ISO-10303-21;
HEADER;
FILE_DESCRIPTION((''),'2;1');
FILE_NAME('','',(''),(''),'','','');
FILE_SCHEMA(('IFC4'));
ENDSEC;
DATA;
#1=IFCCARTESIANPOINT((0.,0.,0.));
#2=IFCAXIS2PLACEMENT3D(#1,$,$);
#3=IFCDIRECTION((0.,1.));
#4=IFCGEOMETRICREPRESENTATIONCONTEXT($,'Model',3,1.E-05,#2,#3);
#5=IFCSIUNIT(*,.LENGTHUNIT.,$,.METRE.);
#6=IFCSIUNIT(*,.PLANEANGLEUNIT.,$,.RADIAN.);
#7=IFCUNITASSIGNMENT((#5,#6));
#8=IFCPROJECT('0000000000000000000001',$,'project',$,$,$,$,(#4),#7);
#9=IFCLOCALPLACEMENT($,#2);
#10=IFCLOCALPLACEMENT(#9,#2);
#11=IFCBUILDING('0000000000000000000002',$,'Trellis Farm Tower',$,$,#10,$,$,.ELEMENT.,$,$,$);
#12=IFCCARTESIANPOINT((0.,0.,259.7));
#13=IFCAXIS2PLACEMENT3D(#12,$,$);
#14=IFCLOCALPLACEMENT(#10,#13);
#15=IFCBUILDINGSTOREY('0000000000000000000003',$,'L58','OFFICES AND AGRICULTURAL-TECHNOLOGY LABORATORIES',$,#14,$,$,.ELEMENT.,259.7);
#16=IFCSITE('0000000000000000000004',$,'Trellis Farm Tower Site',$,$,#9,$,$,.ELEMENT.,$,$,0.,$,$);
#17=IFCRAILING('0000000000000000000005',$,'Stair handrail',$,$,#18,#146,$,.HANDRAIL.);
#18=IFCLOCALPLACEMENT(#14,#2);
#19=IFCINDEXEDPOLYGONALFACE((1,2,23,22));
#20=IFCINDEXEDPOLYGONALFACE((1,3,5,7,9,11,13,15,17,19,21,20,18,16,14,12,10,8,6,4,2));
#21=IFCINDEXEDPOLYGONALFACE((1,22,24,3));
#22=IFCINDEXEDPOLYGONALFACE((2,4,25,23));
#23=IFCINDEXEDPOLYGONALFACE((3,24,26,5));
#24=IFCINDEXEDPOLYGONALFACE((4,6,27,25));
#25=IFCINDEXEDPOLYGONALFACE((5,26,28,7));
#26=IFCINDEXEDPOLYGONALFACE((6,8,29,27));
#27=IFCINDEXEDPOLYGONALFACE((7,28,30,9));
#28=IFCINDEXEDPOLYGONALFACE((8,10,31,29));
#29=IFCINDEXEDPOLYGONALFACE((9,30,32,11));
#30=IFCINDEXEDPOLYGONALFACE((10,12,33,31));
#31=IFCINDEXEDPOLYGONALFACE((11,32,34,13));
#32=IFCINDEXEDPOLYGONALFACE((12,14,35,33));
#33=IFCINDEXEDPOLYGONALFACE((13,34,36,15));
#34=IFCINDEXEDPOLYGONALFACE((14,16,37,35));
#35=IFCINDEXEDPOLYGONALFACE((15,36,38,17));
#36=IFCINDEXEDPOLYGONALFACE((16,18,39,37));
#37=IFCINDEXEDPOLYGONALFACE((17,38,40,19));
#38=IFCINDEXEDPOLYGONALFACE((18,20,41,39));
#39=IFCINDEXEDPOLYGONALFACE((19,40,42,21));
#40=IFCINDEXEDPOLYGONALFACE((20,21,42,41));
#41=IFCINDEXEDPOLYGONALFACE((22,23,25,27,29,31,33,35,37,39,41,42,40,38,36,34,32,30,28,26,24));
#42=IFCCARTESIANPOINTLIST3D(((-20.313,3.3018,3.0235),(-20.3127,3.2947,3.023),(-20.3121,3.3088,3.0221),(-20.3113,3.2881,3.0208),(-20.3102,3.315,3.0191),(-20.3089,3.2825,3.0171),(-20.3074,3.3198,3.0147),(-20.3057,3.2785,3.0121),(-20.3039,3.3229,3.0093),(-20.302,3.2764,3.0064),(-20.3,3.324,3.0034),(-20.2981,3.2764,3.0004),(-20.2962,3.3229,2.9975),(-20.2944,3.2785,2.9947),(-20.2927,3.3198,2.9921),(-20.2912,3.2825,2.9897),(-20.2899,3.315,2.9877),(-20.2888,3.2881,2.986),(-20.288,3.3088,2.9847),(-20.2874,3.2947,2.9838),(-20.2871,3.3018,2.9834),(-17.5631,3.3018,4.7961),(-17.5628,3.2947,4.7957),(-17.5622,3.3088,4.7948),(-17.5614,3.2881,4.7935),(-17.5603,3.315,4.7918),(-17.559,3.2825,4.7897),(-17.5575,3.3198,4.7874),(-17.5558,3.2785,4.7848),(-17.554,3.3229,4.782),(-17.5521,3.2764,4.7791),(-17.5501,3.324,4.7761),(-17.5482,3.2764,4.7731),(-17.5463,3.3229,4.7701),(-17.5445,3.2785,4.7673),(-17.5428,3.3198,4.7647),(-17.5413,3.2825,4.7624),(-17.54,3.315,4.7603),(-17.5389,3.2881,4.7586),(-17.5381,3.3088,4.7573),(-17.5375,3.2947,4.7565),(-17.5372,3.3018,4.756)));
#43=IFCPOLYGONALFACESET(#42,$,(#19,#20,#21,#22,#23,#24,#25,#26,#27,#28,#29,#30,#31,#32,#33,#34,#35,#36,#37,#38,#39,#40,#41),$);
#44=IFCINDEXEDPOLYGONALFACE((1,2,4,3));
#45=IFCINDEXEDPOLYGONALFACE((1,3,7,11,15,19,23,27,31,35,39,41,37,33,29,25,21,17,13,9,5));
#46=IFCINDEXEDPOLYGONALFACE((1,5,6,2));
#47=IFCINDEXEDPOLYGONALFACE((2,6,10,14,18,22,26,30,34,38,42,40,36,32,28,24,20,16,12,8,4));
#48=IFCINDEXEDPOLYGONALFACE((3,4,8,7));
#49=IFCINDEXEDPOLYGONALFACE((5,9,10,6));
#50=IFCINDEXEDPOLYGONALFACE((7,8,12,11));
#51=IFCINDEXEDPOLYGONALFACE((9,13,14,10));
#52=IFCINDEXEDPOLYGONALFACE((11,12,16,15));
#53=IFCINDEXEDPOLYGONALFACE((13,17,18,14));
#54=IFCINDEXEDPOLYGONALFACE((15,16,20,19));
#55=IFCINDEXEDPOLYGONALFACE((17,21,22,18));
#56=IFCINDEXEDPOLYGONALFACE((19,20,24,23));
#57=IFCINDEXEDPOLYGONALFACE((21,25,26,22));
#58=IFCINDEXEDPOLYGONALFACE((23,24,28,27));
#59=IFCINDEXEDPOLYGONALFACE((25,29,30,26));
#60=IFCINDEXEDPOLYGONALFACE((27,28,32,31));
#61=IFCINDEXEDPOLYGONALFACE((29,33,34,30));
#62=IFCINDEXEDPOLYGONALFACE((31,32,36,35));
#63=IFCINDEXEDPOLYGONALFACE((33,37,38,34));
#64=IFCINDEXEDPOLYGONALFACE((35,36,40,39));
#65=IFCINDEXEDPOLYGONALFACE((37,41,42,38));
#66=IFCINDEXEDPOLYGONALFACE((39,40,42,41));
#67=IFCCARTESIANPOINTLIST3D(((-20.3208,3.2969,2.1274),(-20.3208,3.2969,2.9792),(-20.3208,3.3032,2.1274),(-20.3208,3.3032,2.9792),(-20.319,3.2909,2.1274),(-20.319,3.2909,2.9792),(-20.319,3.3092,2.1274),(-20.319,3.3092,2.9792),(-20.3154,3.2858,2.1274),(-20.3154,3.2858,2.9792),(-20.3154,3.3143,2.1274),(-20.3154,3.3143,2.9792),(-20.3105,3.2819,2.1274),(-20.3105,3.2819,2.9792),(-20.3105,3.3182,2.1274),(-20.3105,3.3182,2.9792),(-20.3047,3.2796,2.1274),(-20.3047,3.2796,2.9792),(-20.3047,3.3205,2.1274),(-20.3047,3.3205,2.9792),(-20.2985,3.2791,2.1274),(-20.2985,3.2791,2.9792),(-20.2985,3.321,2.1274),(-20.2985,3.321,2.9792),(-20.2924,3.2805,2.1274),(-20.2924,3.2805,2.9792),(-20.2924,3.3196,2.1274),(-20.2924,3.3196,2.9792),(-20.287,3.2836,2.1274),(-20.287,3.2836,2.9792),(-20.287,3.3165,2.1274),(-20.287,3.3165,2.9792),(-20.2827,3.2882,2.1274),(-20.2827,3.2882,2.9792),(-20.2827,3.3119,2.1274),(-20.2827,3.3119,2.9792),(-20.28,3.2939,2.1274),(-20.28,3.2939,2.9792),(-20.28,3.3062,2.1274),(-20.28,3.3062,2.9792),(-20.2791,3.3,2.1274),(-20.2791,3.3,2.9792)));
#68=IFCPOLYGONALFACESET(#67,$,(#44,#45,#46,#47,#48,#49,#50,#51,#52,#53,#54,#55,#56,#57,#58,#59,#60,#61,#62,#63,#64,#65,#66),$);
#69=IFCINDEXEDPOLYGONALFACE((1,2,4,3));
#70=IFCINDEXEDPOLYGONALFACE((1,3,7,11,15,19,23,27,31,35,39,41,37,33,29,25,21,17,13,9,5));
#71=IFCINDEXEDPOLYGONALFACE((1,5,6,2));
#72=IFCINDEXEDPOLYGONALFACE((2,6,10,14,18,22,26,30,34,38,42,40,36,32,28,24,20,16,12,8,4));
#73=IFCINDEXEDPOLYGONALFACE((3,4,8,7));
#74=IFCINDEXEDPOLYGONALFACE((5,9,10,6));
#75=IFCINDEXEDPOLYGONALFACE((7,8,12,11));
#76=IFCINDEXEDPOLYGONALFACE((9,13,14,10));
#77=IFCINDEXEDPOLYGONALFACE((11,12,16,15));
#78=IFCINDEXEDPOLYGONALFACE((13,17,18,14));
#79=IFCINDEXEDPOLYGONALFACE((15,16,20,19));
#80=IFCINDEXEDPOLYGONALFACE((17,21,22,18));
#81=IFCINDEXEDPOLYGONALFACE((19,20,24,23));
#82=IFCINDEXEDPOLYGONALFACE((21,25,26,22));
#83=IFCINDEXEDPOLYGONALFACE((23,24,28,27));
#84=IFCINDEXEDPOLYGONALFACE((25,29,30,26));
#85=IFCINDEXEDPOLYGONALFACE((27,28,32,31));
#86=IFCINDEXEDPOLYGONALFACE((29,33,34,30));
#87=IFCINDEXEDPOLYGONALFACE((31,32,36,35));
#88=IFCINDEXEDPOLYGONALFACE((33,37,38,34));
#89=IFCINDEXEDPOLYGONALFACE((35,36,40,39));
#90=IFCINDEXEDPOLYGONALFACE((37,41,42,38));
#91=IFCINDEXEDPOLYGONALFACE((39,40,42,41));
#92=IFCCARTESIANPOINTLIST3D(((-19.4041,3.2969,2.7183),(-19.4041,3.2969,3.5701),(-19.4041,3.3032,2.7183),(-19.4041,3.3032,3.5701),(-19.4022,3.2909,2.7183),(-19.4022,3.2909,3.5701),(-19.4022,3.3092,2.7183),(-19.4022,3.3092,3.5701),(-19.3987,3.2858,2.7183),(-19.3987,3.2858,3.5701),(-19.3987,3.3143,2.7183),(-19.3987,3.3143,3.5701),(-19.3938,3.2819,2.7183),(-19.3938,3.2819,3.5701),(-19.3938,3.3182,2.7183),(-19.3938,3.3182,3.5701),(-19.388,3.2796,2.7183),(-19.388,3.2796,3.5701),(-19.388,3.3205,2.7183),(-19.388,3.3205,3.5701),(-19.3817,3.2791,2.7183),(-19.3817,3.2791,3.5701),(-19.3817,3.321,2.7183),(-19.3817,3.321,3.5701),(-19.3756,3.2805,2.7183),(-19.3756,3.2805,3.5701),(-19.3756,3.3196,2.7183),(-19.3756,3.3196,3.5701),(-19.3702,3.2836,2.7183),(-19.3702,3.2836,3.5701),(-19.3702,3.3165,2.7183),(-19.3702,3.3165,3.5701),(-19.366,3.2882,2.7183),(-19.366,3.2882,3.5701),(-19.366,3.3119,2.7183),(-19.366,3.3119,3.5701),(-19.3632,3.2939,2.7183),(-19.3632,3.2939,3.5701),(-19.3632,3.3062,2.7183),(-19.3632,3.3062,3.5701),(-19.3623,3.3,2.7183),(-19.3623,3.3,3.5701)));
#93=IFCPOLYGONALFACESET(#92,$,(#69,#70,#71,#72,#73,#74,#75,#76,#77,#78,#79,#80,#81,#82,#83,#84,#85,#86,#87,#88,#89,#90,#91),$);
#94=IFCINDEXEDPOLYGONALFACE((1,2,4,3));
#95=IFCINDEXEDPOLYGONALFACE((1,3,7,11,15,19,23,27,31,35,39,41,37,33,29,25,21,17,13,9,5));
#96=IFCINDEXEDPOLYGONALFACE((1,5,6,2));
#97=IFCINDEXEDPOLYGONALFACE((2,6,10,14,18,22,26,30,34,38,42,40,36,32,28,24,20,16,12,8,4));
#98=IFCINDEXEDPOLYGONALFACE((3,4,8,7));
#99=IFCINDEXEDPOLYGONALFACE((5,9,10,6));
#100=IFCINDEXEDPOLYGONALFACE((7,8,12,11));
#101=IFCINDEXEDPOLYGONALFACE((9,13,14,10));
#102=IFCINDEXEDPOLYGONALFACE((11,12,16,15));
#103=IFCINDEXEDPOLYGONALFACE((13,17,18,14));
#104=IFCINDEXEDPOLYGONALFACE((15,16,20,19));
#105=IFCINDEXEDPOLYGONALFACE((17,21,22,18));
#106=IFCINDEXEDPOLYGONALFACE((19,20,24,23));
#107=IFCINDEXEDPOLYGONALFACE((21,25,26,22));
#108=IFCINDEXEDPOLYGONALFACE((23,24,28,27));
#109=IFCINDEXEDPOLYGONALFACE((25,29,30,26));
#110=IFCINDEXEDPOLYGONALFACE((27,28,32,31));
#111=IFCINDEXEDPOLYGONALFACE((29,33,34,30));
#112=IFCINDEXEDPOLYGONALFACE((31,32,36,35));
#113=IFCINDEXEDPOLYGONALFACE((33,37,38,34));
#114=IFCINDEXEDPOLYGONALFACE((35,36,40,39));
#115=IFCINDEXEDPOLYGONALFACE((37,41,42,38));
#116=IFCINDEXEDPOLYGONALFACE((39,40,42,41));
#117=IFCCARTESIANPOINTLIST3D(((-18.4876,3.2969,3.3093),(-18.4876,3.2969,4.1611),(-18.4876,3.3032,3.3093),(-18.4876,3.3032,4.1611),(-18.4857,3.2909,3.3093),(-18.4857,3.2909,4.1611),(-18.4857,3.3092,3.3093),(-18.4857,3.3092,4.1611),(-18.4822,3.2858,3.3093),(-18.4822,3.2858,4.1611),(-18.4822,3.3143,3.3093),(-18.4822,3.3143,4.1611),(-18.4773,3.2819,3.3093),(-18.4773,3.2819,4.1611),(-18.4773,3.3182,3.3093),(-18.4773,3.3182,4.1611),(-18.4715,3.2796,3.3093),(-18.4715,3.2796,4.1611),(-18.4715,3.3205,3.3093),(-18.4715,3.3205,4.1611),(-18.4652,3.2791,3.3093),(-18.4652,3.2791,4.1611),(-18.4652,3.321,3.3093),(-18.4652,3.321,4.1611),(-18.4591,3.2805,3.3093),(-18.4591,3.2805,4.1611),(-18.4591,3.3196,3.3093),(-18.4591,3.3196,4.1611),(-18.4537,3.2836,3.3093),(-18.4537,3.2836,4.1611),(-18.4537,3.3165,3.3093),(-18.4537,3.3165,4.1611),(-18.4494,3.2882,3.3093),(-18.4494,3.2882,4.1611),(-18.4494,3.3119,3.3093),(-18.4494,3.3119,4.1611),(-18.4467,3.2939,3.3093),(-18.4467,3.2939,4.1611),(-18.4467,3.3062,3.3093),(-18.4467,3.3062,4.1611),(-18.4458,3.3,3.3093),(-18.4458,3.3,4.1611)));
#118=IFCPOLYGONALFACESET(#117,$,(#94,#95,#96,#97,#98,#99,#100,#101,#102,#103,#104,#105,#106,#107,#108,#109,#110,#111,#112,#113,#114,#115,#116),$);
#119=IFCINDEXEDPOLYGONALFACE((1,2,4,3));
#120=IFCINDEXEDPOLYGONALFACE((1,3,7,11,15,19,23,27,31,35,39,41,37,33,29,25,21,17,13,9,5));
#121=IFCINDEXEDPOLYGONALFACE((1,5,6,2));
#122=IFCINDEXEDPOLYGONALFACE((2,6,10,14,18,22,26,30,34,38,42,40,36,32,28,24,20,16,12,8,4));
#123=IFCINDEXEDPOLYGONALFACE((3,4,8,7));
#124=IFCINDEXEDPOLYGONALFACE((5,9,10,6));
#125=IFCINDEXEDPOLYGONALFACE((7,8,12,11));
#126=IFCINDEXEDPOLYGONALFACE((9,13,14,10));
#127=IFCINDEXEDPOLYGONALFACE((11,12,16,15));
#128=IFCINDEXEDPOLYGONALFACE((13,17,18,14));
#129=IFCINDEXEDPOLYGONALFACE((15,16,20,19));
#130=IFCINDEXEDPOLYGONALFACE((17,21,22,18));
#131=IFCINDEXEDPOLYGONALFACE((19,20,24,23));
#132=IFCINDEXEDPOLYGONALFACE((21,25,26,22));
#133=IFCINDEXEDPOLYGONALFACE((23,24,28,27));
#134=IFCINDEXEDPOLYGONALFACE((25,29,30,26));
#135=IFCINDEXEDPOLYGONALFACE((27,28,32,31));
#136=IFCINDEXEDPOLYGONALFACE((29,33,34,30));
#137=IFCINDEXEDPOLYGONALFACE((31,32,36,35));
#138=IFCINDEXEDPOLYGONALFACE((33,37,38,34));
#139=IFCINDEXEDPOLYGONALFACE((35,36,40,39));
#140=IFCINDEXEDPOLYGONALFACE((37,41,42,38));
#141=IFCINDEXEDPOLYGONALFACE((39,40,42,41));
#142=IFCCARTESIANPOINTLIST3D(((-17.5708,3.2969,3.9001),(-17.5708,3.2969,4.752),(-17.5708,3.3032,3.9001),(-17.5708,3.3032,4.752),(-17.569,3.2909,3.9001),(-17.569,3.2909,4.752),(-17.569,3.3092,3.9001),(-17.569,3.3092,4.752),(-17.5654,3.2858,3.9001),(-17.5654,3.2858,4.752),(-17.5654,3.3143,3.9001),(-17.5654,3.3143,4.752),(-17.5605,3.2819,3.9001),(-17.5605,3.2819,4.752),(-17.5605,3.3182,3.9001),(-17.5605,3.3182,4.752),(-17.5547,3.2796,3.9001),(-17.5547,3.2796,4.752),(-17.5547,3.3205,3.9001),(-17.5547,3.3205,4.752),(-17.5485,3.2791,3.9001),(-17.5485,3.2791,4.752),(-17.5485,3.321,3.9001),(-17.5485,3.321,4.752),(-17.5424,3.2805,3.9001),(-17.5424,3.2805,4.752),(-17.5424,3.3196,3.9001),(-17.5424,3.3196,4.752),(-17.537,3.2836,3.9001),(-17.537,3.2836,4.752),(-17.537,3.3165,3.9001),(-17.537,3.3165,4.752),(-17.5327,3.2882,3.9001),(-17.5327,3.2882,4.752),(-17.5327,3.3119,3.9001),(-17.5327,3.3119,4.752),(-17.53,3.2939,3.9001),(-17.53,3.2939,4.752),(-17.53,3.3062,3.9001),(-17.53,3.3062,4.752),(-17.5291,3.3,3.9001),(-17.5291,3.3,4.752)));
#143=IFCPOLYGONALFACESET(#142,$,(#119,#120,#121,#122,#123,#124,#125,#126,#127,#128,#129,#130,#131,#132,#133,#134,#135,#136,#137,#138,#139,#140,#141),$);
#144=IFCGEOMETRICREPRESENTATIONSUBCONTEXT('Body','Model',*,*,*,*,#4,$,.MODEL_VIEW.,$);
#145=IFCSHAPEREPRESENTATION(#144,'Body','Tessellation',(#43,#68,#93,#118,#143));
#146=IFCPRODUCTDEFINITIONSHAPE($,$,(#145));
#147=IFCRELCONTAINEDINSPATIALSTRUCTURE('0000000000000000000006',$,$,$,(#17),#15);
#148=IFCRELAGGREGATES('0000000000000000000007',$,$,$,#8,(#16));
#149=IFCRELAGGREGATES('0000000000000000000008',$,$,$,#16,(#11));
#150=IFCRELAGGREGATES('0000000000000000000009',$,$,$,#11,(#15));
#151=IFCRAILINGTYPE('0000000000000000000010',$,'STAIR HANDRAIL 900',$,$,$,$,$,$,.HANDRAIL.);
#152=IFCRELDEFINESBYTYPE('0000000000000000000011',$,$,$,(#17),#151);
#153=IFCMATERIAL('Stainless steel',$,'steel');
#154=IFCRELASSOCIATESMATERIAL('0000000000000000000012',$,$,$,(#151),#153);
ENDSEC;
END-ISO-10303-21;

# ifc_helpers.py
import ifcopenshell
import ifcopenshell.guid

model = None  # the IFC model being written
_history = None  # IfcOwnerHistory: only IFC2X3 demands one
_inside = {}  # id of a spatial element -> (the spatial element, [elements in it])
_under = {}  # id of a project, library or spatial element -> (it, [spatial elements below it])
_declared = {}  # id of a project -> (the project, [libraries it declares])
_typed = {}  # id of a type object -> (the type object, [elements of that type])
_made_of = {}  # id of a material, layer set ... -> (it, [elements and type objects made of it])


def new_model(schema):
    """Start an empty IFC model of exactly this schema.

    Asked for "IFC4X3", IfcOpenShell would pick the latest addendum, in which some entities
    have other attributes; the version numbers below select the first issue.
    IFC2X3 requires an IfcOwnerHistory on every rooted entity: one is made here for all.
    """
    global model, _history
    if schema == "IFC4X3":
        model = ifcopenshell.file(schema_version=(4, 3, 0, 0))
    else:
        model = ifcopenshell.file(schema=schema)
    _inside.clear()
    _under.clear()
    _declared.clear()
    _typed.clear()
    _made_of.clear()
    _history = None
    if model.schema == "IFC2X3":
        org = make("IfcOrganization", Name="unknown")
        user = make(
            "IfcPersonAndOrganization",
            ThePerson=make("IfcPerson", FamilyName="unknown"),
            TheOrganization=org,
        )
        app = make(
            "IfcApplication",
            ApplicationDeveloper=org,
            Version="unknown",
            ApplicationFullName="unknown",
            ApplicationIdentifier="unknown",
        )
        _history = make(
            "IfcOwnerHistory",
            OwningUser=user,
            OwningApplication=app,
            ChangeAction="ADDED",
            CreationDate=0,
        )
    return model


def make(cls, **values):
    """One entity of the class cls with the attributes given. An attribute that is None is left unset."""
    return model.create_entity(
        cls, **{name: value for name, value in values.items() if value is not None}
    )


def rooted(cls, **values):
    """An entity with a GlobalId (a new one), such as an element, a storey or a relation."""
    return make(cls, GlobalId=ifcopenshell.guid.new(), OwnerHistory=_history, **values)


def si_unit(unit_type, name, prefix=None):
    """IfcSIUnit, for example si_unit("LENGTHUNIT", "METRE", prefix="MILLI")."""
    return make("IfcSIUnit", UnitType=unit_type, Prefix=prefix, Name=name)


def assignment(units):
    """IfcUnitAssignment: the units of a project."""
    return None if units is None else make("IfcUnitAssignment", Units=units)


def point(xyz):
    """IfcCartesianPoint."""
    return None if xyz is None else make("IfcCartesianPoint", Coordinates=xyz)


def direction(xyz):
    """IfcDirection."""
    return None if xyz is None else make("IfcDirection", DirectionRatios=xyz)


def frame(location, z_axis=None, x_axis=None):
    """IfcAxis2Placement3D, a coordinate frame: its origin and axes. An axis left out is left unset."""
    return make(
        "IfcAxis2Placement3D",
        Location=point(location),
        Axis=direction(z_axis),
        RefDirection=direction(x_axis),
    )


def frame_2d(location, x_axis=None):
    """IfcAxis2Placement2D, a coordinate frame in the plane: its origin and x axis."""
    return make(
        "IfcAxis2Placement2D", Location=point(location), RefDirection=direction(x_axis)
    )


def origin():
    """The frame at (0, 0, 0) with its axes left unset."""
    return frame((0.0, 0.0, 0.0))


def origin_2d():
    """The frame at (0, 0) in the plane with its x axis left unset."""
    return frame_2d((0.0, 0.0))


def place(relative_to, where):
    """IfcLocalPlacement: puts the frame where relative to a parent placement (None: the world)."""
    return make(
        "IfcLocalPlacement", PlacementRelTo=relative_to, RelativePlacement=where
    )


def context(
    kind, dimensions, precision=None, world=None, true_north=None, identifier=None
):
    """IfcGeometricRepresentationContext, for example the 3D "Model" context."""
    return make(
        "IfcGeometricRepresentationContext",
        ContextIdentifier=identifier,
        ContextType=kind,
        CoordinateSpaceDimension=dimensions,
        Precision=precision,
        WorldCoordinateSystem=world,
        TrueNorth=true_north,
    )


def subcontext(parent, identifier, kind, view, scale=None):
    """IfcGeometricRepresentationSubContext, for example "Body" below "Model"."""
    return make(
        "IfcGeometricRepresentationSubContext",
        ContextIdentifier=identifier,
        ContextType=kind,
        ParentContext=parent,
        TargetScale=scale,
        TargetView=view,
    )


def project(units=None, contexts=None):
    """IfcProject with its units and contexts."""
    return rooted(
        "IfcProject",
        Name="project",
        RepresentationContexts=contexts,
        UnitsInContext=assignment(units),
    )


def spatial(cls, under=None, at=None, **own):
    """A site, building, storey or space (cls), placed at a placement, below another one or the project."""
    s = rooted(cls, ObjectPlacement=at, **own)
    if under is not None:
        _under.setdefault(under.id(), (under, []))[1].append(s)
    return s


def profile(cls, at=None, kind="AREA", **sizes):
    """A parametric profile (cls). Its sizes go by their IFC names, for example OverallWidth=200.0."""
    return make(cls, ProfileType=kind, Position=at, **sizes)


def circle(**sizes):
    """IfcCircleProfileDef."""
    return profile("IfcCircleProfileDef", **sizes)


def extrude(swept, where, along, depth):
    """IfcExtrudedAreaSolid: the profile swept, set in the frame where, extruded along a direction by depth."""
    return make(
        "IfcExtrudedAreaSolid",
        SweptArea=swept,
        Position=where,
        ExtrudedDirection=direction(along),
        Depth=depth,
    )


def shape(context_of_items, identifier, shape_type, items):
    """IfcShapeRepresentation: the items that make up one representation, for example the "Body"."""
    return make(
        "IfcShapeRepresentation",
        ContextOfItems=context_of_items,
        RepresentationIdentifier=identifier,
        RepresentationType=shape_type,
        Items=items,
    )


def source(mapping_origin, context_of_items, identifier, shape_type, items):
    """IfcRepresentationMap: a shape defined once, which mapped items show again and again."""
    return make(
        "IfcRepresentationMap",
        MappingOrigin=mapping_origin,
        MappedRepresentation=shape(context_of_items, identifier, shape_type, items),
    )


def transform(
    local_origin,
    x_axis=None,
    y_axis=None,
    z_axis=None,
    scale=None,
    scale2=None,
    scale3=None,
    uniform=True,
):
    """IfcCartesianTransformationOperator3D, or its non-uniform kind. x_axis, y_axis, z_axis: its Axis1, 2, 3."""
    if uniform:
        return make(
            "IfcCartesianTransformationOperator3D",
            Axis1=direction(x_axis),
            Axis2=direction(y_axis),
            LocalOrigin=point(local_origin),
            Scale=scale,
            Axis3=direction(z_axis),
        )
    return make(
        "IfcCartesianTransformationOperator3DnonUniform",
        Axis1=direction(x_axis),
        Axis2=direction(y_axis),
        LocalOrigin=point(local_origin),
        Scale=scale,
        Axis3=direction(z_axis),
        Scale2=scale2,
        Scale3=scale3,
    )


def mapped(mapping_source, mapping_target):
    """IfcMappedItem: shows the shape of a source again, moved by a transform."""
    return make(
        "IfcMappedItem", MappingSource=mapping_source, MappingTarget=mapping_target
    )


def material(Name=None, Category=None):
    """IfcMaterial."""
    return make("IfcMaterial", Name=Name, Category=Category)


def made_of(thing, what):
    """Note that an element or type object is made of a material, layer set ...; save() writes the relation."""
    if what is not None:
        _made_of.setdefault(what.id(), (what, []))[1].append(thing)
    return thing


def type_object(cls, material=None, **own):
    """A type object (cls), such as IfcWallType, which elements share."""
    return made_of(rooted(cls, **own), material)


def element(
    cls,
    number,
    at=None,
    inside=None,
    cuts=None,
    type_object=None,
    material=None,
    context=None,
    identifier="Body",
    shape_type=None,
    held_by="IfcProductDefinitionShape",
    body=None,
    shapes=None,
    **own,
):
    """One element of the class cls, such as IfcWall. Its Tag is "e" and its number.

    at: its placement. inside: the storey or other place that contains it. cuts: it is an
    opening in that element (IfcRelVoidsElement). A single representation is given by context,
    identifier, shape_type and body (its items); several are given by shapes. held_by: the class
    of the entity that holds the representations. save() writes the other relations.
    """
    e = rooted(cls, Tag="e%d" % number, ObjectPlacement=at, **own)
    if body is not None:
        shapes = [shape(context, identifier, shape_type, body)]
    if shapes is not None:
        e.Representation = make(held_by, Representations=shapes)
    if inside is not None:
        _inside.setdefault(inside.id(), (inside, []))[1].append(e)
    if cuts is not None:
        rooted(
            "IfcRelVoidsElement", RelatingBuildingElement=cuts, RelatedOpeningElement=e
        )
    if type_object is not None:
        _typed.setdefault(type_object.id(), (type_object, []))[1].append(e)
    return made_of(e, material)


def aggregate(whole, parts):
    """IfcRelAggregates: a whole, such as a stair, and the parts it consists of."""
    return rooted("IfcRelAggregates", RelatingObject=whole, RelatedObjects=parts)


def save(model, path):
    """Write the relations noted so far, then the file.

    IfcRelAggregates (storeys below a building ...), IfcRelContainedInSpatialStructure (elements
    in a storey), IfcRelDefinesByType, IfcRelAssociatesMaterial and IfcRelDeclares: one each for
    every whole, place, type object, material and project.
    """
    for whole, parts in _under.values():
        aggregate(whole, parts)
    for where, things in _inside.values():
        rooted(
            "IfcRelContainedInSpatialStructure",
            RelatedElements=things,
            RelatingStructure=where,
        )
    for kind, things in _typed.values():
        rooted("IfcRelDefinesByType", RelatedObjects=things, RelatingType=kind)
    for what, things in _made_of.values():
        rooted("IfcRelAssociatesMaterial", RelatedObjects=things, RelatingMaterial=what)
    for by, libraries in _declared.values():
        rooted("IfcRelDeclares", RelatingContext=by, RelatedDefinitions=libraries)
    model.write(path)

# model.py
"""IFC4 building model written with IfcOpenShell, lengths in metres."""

from ifc_helpers import new_model, si_unit, direction, frame, origin, origin_2d, place, context, subcontext, project, spatial, circle, extrude, source, transform, mapped, material, type_object, element, save


model = new_model("IFC4")

# Units and contexts
model_context = context("Model", 3, precision=1e-05, world=origin(), true_north=direction((0.0, 1.0)))
body_context = subcontext(model_context, "Body", "Model", "MODEL_VIEW")
ifc_project = project(units=[si_unit("LENGTHUNIT", "METRE"), si_unit("PLANEANGLEUNIT", "RADIAN")], contexts=[model_context])

# Site, building, storey
site_placement = place(None, origin())
site = spatial("IfcSite", under=ifc_project, at=site_placement, Name="Trellis Farm Tower Site", CompositionType="ELEMENT", RefElevation=0.0)
building_placement = place(site_placement, origin())
building = spatial("IfcBuilding", under=site, at=building_placement, Name="Trellis Farm Tower", CompositionType="ELEMENT")
storey_placement = place(building_placement, frame((0.0, 0.0, 259.7)))
storey = spatial("IfcBuildingStorey", under=building, at=storey_placement, Name="L58", Description="OFFICES AND AGRICULTURAL-TECHNOLOGY LABORATORIES", CompositionType="ELEMENT", Elevation=259.7)

# Railing
ifc_material_1 = material(Name="Stainless steel", Category="steel")
railing_type = type_object("IfcRailingType", Name="STAIR HANDRAIL 900", PredefinedType="HANDRAIL", material=ifc_material_1)
shared_shape_1 = source(origin(), body_context, "Body", "SweptSolid", [
    extrude(circle(Radius=0.0239, at=origin_2d()), frame((0.0, 0.0, 0.876), z_axis=(0.840504, 0.0, 0.541806), x_axis=(0.0, 1.0, 0.0)), (0.0, 0.0, 1.0), 3.2717),
    extrude(circle(Radius=0.021, at=origin_2d()), origin(), (0.0, 0.0, 1.0), 0.8518),
    extrude(circle(Radius=0.021, at=origin_2d()), frame((0.9167, 0.0, 0.5908)), (0.0, 0.0, 1.0), 0.8518),
    extrude(circle(Radius=0.021, at=origin_2d()), frame((1.8333, 0.0, 1.1819)), (0.0, 0.0, 1.0), 0.8518),
    extrude(circle(Radius=0.021, at=origin_2d()), frame((2.75, 0.0, 1.7727)), (0.0, 0.0, 1.0), 0.8518),
])
for number, where, name in (
    (1, (-20.3, 3.3, 2.1274), "Stair handrail"),
):
    element("IfcRailing", number, at=place(storey_placement, frame(where)), inside=storey, type_object=railing_type, Name=name, PredefinedType="HANDRAIL", context=body_context, shape_type="MappedRepresentation", body=[
        mapped(shared_shape_1, transform((0.0, 0.0, 0.0))),
    ])

save(model, "model.ifc")
